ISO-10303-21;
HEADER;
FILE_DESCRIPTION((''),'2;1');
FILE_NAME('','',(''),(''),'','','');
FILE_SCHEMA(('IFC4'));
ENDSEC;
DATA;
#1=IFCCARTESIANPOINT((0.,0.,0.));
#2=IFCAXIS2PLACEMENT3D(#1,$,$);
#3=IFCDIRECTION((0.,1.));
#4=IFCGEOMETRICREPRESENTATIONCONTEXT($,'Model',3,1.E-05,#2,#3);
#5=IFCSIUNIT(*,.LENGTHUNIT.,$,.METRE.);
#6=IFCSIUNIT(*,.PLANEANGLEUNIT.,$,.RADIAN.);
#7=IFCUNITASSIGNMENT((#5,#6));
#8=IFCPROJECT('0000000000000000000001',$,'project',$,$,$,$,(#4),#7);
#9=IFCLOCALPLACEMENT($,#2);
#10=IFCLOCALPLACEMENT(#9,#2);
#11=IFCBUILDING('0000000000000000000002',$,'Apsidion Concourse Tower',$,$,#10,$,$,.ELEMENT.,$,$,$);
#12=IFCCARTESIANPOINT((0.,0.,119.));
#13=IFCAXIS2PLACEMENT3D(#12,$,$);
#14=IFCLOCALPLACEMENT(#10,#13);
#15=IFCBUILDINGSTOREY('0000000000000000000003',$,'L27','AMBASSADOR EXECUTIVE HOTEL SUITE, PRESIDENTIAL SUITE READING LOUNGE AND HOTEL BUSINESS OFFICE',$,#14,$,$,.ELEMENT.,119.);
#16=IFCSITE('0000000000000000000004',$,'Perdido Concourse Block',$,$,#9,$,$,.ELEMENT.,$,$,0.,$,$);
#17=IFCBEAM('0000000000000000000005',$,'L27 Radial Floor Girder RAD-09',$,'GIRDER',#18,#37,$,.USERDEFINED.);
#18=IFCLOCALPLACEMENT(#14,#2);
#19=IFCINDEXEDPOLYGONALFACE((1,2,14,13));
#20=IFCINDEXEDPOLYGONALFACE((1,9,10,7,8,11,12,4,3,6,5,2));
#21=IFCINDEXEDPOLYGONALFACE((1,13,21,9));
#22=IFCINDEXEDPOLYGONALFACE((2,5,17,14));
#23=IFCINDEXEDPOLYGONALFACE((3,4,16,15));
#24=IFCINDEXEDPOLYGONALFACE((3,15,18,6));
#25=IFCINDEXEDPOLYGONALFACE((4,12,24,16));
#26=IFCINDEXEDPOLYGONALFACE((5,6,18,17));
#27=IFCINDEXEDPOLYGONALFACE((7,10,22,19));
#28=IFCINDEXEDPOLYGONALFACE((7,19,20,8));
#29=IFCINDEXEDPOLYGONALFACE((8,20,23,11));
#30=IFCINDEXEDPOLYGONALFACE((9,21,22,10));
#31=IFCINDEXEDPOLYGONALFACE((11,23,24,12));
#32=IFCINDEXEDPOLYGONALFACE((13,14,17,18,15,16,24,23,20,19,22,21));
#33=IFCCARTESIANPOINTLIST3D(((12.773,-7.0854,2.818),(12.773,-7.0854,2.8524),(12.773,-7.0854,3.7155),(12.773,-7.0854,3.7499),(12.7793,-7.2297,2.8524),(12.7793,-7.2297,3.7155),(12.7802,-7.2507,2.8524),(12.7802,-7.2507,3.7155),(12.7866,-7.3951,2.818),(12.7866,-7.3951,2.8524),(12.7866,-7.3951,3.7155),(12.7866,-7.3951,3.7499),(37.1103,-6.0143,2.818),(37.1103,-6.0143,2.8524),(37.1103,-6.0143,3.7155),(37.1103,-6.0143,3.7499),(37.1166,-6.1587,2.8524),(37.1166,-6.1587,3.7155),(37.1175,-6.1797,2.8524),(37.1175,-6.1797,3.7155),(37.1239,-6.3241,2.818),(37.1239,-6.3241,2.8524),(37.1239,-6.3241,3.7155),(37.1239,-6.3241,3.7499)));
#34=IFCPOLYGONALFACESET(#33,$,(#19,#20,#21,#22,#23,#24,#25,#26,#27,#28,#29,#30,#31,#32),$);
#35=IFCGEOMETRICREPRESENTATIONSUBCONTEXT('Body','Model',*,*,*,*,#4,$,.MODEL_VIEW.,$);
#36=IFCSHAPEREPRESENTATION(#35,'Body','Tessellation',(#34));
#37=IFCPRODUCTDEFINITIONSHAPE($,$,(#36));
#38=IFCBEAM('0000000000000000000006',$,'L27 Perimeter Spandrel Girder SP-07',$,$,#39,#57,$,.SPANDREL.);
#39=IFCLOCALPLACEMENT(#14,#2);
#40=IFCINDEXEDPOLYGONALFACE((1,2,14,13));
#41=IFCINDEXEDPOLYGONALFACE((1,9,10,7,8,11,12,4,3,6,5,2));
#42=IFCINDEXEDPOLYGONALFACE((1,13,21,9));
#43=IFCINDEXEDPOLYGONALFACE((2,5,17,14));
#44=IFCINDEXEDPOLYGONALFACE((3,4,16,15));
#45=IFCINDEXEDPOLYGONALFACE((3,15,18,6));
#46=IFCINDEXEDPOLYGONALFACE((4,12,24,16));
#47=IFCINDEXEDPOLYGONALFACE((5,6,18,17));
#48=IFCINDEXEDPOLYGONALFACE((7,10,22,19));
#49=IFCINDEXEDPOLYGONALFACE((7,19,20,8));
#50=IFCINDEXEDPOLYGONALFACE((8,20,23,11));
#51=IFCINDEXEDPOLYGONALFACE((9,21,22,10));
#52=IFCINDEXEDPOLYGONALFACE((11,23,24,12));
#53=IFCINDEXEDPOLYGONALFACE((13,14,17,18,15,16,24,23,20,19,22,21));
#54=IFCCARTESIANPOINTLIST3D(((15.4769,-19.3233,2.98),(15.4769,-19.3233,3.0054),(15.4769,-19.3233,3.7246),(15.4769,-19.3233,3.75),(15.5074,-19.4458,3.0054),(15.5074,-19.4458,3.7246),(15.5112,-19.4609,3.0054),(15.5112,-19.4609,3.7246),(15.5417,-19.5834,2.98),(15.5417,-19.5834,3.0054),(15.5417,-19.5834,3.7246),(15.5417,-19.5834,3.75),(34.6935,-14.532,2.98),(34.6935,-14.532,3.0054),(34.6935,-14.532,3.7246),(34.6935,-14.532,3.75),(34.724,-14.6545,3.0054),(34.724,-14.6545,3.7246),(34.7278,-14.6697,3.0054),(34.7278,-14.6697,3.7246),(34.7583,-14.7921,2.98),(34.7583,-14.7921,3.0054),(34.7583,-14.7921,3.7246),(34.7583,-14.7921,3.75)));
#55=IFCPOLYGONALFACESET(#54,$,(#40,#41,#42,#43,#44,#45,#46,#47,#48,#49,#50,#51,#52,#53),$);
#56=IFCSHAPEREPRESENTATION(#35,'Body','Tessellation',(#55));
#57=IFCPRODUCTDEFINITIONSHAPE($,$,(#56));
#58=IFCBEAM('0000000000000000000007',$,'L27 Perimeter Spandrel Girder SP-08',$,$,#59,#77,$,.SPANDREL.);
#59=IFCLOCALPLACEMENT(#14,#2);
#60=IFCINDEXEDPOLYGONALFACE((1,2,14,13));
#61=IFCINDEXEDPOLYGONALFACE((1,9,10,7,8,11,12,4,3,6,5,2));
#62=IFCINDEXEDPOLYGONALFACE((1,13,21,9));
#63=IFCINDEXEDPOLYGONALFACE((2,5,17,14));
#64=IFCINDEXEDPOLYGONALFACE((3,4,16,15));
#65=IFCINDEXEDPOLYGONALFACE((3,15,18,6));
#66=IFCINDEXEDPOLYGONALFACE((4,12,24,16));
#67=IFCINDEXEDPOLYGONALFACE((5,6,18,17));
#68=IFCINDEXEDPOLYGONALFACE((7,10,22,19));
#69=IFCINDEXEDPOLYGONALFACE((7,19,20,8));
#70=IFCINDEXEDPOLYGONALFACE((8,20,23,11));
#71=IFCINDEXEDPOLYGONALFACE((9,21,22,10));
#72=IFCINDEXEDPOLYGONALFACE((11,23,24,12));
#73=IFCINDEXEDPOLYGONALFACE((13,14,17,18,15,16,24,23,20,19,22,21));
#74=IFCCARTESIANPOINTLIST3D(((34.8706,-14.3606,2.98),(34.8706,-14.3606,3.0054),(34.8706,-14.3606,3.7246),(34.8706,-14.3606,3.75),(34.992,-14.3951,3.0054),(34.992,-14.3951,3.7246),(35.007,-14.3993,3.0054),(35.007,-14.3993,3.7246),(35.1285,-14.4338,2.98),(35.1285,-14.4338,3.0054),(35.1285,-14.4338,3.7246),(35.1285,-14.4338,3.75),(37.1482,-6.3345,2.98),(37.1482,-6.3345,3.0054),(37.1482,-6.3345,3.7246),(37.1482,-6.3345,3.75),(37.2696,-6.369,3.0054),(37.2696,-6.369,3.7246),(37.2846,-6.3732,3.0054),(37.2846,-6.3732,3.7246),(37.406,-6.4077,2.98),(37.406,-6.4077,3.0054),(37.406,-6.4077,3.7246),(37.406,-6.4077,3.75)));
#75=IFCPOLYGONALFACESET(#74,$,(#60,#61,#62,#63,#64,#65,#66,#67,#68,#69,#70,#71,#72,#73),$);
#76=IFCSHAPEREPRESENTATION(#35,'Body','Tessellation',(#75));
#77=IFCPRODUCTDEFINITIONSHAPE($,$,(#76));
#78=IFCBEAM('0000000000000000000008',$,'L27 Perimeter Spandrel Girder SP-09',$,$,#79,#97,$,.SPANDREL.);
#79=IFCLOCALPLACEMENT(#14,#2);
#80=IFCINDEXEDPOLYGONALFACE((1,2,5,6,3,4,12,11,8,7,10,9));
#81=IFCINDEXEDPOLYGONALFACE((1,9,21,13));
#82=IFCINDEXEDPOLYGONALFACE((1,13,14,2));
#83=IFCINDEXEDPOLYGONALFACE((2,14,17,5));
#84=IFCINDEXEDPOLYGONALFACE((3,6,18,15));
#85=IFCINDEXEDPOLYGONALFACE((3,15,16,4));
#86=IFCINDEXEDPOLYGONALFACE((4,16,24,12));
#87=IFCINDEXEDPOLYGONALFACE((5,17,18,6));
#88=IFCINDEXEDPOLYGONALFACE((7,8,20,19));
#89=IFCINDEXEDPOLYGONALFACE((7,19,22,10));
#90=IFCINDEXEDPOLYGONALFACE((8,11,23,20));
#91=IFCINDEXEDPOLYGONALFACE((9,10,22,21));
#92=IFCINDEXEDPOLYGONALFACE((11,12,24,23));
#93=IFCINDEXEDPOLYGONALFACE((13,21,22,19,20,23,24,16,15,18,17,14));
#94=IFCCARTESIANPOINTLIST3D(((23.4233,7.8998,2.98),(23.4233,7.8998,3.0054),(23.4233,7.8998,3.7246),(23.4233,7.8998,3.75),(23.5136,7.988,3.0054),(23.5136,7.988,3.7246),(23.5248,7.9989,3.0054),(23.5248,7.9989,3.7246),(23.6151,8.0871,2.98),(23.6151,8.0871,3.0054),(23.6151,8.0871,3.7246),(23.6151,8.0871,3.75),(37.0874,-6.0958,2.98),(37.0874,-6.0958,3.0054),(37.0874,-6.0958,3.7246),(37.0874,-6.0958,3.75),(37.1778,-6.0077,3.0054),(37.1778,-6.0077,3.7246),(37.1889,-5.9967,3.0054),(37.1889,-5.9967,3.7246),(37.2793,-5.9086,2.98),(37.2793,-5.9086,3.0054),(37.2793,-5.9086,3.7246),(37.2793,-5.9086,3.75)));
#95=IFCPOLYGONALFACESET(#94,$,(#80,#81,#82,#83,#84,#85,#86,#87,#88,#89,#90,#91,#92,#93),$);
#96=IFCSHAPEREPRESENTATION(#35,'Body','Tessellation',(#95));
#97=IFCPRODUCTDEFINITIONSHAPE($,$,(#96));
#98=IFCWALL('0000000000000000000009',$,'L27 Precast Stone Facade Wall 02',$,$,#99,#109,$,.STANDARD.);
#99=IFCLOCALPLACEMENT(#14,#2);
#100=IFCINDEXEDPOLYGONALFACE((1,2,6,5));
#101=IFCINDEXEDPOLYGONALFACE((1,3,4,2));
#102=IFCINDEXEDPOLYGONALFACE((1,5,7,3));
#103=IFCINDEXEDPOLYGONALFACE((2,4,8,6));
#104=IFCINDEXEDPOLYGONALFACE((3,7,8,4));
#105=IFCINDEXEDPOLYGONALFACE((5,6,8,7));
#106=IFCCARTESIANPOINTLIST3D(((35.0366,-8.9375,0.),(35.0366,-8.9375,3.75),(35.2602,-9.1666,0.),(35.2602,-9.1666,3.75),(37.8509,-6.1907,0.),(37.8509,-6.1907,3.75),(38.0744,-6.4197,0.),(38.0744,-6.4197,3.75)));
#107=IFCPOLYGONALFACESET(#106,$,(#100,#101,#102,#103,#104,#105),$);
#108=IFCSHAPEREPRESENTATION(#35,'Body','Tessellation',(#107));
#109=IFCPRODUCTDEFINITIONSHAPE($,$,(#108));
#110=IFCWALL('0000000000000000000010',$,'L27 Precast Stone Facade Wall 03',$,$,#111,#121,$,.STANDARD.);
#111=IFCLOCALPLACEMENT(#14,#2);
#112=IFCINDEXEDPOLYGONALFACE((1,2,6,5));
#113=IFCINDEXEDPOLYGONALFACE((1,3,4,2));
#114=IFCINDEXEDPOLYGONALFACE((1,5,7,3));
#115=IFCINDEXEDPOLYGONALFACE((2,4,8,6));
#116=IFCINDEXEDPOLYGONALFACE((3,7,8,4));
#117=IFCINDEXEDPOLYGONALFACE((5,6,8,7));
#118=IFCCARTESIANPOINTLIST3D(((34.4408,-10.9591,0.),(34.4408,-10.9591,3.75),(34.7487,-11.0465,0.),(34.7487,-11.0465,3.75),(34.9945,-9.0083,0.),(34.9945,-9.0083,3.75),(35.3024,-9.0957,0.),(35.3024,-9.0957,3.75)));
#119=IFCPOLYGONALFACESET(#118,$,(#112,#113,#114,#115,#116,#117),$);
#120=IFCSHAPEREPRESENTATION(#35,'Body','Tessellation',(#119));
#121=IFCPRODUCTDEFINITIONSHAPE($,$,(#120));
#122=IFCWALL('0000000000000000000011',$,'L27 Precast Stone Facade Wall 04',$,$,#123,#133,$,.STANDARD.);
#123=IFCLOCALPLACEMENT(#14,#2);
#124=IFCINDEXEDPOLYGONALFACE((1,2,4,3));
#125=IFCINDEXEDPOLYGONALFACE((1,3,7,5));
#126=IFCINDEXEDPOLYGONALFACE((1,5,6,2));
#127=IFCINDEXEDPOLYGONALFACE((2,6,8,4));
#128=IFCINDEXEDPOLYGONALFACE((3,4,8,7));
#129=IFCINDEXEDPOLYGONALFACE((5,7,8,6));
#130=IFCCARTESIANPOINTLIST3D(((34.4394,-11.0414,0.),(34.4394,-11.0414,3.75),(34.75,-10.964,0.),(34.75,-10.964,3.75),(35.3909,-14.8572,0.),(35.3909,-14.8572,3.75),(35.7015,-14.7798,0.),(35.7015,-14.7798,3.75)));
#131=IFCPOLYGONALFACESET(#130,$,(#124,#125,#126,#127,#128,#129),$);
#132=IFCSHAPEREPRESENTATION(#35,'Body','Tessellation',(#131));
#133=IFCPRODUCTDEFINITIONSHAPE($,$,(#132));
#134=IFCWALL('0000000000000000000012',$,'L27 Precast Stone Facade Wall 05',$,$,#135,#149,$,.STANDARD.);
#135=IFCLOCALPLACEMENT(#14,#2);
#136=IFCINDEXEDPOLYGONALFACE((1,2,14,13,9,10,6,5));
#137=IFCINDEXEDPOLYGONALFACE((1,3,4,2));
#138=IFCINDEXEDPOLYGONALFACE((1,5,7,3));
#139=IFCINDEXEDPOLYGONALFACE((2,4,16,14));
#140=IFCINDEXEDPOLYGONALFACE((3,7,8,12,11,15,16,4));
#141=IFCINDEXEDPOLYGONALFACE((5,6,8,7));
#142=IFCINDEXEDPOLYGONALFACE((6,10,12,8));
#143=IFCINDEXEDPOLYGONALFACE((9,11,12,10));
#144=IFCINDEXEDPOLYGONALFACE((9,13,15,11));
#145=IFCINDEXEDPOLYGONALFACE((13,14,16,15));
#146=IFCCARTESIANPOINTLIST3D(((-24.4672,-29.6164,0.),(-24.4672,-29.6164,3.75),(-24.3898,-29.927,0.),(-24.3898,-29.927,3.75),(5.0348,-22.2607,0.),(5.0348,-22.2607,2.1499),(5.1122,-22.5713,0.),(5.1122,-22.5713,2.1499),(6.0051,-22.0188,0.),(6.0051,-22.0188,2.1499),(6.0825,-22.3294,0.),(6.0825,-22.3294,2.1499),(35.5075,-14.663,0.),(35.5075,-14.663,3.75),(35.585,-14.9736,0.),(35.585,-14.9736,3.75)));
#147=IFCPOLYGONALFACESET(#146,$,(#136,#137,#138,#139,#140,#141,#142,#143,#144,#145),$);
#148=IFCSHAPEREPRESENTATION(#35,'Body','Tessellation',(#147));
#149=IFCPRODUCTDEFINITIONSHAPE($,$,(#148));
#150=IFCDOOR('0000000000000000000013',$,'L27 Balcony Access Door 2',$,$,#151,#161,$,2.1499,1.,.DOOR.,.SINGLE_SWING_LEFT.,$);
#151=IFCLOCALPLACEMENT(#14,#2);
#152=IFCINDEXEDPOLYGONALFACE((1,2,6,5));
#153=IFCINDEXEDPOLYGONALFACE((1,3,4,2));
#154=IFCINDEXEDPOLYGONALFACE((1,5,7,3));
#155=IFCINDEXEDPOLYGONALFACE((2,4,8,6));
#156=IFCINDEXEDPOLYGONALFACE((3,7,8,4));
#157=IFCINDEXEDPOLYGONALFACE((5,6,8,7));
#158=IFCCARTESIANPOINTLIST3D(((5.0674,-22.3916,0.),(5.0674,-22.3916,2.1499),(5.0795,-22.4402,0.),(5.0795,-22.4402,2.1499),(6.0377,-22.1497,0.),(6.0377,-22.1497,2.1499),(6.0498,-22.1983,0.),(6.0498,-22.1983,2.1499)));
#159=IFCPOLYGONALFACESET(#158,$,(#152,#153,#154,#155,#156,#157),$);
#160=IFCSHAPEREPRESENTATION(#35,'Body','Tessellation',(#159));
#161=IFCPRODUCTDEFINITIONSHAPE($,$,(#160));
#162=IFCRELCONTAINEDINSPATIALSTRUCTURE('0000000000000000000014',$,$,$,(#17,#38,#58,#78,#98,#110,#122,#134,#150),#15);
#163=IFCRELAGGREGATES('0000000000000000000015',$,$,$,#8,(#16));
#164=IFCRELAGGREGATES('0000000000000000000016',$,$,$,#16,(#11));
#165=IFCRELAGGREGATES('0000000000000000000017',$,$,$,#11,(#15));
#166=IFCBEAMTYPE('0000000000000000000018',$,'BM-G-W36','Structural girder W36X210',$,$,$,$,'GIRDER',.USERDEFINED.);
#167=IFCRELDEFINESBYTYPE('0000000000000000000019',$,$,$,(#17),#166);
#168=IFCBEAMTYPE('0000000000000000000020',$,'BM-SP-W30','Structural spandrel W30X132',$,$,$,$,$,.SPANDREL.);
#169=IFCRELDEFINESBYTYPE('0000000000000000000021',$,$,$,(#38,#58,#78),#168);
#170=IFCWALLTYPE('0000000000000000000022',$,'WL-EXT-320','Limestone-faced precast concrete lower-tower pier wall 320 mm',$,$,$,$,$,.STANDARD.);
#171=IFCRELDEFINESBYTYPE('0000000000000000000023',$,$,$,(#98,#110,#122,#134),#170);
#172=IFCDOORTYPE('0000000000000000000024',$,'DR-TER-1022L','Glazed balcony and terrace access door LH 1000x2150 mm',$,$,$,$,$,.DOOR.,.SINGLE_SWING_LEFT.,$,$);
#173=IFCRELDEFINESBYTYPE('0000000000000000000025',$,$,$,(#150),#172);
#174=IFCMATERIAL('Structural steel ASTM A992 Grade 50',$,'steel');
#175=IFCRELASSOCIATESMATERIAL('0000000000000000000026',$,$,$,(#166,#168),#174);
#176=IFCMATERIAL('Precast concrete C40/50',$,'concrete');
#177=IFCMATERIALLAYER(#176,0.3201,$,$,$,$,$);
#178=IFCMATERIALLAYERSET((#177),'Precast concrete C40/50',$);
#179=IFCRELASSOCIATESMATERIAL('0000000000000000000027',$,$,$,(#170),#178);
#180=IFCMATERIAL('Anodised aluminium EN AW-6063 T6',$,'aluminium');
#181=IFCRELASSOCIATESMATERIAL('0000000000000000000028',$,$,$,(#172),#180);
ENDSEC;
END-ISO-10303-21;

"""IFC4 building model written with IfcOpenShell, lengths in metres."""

from ifc_helpers import new_model, si_unit, direction, frame, frame_2d, origin, origin_2d, place, context, subcontext, project, spatial, rectangle, i_section, extrude, material, layer, layer_set, material_profile, profile_set, type_object, element, fill, save


model = new_model("IFC4")

# Units and contexts
model_context = context("Model", 3, precision=1e-05, world=origin(), true_north=direction((0.0, 1.0)))
body_context = subcontext(model_context, "Body", "Model", "MODEL_VIEW")
ifc_project = project(units=[si_unit("LENGTHUNIT", "METRE"), si_unit("PLANEANGLEUNIT", "RADIAN")], contexts=[model_context])

# Site, building, storey
site_placement = place(None, origin())
site = spatial("IfcSite", under=ifc_project, at=site_placement, Name="Perdido Concourse Block", CompositionType="ELEMENT", RefElevation=0.0)
building_placement = place(site_placement, origin())
building = spatial("IfcBuilding", under=site, at=building_placement, Name="Apsidion Concourse Tower", CompositionType="ELEMENT")
storey_placement = place(building_placement, frame((0.0, 0.0, 119.0)))
storey = spatial("IfcBuildingStorey", under=building, at=storey_placement, Name="L27", Description="AMBASSADOR EXECUTIVE HOTEL SUITE, PRESIDENTIAL SUITE READING LOUNGE AND HOTEL BUSINESS OFFICE", CompositionType="ELEMENT", Elevation=119.0)

# Beams
ifc_material_1 = material(Name="Structural steel ASTM A992 Grade 50", Category="steel")
ifc_material_profile_1 = material_profile(ifc_material_1, i_section(OverallWidth=0.3101, OverallDepth=0.9319, WebThickness=0.021, FlangeThickness=0.0344, at=origin_2d()), Name="W36X210")
ifc_profile_set_1 = profile_set([ifc_material_profile_1], Name="Structural steel ASTM A992 Grade 50")
beam_type_1 = type_object("IfcBeamType", Name="BM-G-W36", Description="Structural girder W36X210", ElementType="GIRDER", PredefinedType="USERDEFINED", material=ifc_profile_set_1)
beam_1_placement = place(storey_placement, frame((12.7798, -7.2402, 3.2839), z_axis=(0.999033, 0.043966, 0.0), x_axis=(-0.043966, 0.999033, 0.0)))
element("IfcBeam", 1, at=beam_1_placement, inside=storey, type_object=beam_type_1, Name="L27 Radial Floor Girder RAD-09", ObjectType="GIRDER", PredefinedType="USERDEFINED", context=body_context, shape_type="SweptSolid", body=[
    extrude(i_section(OverallWidth=0.3101, OverallDepth=0.9319, WebThickness=0.021, FlangeThickness=0.0344, at=origin_2d()), origin(), (0.0, 0.0, 1.0), 24.3608),
])
ifc_material_profile_2 = material_profile(ifc_material_1, i_section(OverallWidth=0.2681, OverallDepth=0.77, WebThickness=0.0156, FlangeThickness=0.0254, at=origin_2d()), Name="W30X132")
ifc_profile_set_2 = profile_set([ifc_material_profile_2], Name="Structural steel ASTM A992 Grade 50")
beam_type_2 = type_object("IfcBeamType", Name="BM-SP-W30", Description="Structural spandrel W30X132", PredefinedType="SPANDREL", material=ifc_profile_set_2)
beam_2_placement = place(storey_placement, frame((15.5093, -19.4534, 3.365), z_axis=(0.970295, 0.241924, 0.0), x_axis=(-0.241924, 0.970295, 0.0)))
element("IfcBeam", 2, at=beam_2_placement, inside=storey, type_object=beam_type_2, Name="L27 Perimeter Spandrel Girder SP-07", PredefinedType="SPANDREL", context=body_context, shape_type="SweptSolid", body=[
    extrude(i_section(OverallWidth=0.2681, OverallDepth=0.77, WebThickness=0.0156, FlangeThickness=0.0254, at=origin_2d()), origin(), (0.0, 0.0, 1.0), 19.8049),
])
beam_3_placement = place(storey_placement, frame((34.9995, -14.3972, 3.365), z_axis=(0.272993, 0.962016, 0.0), x_axis=(-0.962016, 0.272993, 0.0)))
element("IfcBeam", 3, at=beam_3_placement, inside=storey, type_object=beam_type_2, Name="L27 Perimeter Spandrel Girder SP-08", PredefinedType="SPANDREL", context=body_context, shape_type="SweptSolid", body=[
    extrude(i_section(OverallWidth=0.2681, OverallDepth=0.77, WebThickness=0.0156, FlangeThickness=0.0254, at=origin_2d()), origin(), (0.0, 0.0, 1.0), 8.343),
])
beam_4_placement = place(storey_placement, frame((37.1833, -6.0022, 3.365), z_axis=(-0.698581, 0.715531, 0.0), x_axis=(-0.715531, -0.698581, 0.0)))
element("IfcBeam", 4, at=beam_4_placement, inside=storey, type_object=beam_type_2, Name="L27 Perimeter Spandrel Girder SP-09", PredefinedType="SPANDREL", context=body_context, shape_type="SweptSolid", body=[
    extrude(i_section(OverallWidth=0.2681, OverallDepth=0.77, WebThickness=0.0156, FlangeThickness=0.0254, at=origin_2d()), origin(), (0.0, 0.0, 1.0), 19.5598),
])

# Walls
ifc_material_2 = material(Name="Precast concrete C40/50", Category="concrete")
ifc_layer_1 = layer(ifc_material_2, 0.3201)
ifc_layer_set_1 = layer_set([ifc_layer_1], Name="Precast concrete C40/50")
wall_type_1 = type_object("IfcWallType", Name="WL-EXT-320", Description="Limestone-faced precast concrete lower-tower pier wall 320 mm", PredefinedType="STANDARD", material=ifc_layer_set_1)
wall_1_placement = place(storey_placement, frame((37.9626, -6.3052, 0.0), z_axis=(0.0, 0.0, 1.0), x_axis=(-0.715622, -0.698488, 0.0)))
element("IfcWall", 5, at=wall_1_placement, inside=storey, type_object=wall_type_1, Name="L27 Precast Stone Facade Wall 02", PredefinedType="STANDARD", context=body_context, shape_type="SweptSolid", body=[
    extrude(rectangle(XDim=3.9326, YDim=0.3201, at=frame_2d((1.9663, 0.0))), origin(), (0.0, 0.0, 1.0), 3.75),
])
wall_2_placement = place(storey_placement, frame((35.1484, -9.052, 0.0), z_axis=(0.0, 0.0, 1.0), x_axis=(-0.273067, -0.961995, 0.0)))
element("IfcWall", 6, at=wall_2_placement, inside=storey, type_object=wall_type_1, Name="L27 Precast Stone Facade Wall 03", PredefinedType="STANDARD", context=body_context, shape_type="SweptSolid", body=[
    extrude(rectangle(XDim=2.0278, YDim=0.3201, at=frame_2d((1.0139, 0.0))), origin(), (0.0, 0.0, 1.0), 3.75),
])
wall_3_placement = place(storey_placement, frame((34.5947, -11.0027, 0.0), z_axis=(0.0, 0.0, 1.0), x_axis=(0.241937, -0.970292, 0.0)))
element("IfcWall", 7, at=wall_3_placement, inside=storey, type_object=wall_type_1, Name="L27 Precast Stone Facade Wall 04", PredefinedType="STANDARD", context=body_context, shape_type="SweptSolid", body=[
    extrude(rectangle(XDim=3.9326, YDim=0.3201, at=frame_2d((1.9663, 0.0))), origin(), (0.0, 0.0, 1.0), 3.75),
])

# Wall, opening, door
wall_4_placement = place(storey_placement, frame((35.5461, -14.8184, 0.0), z_axis=(0.0, 0.0, 1.0), x_axis=(-0.970296, -0.241921, 0.0)))
wall_4 = element("IfcWall", 8, at=wall_4_placement, inside=storey, type_object=wall_type_1, Name="L27 Precast Stone Facade Wall 05", PredefinedType="STANDARD", context=body_context, shape_type="SweptSolid", body=[
    extrude(rectangle(XDim=61.8108, YDim=0.3201, at=frame_2d((30.9053, 0.0))), origin(), (0.0, 0.0, 1.0), 3.75),
])
opening_1_placement = place(wall_4_placement, frame((30.4055, 0.0, 0.0)))
opening_1 = element("IfcOpeningElement", 9, at=opening_1_placement, cuts=wall_4, PredefinedType="OPENING", context=body_context, shape_type="SweptSolid", body=[
    extrude(rectangle(XDim=1.0, YDim=2.1499, at=frame_2d((0.5, 1.075))), frame((0.0, 0.1699, 0.0), z_axis=(0.0, -1.0, 0.0), x_axis=(1.0, 0.0, 0.0)), (0.0, 0.0, 1.0), 0.3401),
])
ifc_material_3 = material(Name="Anodised aluminium EN AW-6063 T6", Category="aluminium")
door_type_1 = type_object("IfcDoorType", Name="DR-TER-1022L", Description="Glazed balcony and terrace access door LH 1000x2150 mm", OperationType="SINGLE_SWING_LEFT", PredefinedType="DOOR", material=ifc_material_3)
door_1_placement = place(opening_1_placement, origin())
door_1 = element("IfcDoor", 10, at=door_1_placement, inside=storey, type_object=door_type_1, Name="L27 Balcony Access Door 2", OperationType="SINGLE_SWING_LEFT", OverallHeight=2.1499, OverallWidth=1.0, PredefinedType="DOOR", context=body_context, shape_type="SweptSolid", body=[
    extrude(rectangle(XDim=1.0, YDim=2.1499, at=frame_2d((0.5, 1.075))), frame((0.0, 0.0249, 0.0), z_axis=(0.0, -1.0, 0.0), x_axis=(1.0, 0.0, 0.0)), (0.0, 0.0, 1.0), 0.05),
])
fill(opening_1, door_1)

save(model, "model.ifc")
